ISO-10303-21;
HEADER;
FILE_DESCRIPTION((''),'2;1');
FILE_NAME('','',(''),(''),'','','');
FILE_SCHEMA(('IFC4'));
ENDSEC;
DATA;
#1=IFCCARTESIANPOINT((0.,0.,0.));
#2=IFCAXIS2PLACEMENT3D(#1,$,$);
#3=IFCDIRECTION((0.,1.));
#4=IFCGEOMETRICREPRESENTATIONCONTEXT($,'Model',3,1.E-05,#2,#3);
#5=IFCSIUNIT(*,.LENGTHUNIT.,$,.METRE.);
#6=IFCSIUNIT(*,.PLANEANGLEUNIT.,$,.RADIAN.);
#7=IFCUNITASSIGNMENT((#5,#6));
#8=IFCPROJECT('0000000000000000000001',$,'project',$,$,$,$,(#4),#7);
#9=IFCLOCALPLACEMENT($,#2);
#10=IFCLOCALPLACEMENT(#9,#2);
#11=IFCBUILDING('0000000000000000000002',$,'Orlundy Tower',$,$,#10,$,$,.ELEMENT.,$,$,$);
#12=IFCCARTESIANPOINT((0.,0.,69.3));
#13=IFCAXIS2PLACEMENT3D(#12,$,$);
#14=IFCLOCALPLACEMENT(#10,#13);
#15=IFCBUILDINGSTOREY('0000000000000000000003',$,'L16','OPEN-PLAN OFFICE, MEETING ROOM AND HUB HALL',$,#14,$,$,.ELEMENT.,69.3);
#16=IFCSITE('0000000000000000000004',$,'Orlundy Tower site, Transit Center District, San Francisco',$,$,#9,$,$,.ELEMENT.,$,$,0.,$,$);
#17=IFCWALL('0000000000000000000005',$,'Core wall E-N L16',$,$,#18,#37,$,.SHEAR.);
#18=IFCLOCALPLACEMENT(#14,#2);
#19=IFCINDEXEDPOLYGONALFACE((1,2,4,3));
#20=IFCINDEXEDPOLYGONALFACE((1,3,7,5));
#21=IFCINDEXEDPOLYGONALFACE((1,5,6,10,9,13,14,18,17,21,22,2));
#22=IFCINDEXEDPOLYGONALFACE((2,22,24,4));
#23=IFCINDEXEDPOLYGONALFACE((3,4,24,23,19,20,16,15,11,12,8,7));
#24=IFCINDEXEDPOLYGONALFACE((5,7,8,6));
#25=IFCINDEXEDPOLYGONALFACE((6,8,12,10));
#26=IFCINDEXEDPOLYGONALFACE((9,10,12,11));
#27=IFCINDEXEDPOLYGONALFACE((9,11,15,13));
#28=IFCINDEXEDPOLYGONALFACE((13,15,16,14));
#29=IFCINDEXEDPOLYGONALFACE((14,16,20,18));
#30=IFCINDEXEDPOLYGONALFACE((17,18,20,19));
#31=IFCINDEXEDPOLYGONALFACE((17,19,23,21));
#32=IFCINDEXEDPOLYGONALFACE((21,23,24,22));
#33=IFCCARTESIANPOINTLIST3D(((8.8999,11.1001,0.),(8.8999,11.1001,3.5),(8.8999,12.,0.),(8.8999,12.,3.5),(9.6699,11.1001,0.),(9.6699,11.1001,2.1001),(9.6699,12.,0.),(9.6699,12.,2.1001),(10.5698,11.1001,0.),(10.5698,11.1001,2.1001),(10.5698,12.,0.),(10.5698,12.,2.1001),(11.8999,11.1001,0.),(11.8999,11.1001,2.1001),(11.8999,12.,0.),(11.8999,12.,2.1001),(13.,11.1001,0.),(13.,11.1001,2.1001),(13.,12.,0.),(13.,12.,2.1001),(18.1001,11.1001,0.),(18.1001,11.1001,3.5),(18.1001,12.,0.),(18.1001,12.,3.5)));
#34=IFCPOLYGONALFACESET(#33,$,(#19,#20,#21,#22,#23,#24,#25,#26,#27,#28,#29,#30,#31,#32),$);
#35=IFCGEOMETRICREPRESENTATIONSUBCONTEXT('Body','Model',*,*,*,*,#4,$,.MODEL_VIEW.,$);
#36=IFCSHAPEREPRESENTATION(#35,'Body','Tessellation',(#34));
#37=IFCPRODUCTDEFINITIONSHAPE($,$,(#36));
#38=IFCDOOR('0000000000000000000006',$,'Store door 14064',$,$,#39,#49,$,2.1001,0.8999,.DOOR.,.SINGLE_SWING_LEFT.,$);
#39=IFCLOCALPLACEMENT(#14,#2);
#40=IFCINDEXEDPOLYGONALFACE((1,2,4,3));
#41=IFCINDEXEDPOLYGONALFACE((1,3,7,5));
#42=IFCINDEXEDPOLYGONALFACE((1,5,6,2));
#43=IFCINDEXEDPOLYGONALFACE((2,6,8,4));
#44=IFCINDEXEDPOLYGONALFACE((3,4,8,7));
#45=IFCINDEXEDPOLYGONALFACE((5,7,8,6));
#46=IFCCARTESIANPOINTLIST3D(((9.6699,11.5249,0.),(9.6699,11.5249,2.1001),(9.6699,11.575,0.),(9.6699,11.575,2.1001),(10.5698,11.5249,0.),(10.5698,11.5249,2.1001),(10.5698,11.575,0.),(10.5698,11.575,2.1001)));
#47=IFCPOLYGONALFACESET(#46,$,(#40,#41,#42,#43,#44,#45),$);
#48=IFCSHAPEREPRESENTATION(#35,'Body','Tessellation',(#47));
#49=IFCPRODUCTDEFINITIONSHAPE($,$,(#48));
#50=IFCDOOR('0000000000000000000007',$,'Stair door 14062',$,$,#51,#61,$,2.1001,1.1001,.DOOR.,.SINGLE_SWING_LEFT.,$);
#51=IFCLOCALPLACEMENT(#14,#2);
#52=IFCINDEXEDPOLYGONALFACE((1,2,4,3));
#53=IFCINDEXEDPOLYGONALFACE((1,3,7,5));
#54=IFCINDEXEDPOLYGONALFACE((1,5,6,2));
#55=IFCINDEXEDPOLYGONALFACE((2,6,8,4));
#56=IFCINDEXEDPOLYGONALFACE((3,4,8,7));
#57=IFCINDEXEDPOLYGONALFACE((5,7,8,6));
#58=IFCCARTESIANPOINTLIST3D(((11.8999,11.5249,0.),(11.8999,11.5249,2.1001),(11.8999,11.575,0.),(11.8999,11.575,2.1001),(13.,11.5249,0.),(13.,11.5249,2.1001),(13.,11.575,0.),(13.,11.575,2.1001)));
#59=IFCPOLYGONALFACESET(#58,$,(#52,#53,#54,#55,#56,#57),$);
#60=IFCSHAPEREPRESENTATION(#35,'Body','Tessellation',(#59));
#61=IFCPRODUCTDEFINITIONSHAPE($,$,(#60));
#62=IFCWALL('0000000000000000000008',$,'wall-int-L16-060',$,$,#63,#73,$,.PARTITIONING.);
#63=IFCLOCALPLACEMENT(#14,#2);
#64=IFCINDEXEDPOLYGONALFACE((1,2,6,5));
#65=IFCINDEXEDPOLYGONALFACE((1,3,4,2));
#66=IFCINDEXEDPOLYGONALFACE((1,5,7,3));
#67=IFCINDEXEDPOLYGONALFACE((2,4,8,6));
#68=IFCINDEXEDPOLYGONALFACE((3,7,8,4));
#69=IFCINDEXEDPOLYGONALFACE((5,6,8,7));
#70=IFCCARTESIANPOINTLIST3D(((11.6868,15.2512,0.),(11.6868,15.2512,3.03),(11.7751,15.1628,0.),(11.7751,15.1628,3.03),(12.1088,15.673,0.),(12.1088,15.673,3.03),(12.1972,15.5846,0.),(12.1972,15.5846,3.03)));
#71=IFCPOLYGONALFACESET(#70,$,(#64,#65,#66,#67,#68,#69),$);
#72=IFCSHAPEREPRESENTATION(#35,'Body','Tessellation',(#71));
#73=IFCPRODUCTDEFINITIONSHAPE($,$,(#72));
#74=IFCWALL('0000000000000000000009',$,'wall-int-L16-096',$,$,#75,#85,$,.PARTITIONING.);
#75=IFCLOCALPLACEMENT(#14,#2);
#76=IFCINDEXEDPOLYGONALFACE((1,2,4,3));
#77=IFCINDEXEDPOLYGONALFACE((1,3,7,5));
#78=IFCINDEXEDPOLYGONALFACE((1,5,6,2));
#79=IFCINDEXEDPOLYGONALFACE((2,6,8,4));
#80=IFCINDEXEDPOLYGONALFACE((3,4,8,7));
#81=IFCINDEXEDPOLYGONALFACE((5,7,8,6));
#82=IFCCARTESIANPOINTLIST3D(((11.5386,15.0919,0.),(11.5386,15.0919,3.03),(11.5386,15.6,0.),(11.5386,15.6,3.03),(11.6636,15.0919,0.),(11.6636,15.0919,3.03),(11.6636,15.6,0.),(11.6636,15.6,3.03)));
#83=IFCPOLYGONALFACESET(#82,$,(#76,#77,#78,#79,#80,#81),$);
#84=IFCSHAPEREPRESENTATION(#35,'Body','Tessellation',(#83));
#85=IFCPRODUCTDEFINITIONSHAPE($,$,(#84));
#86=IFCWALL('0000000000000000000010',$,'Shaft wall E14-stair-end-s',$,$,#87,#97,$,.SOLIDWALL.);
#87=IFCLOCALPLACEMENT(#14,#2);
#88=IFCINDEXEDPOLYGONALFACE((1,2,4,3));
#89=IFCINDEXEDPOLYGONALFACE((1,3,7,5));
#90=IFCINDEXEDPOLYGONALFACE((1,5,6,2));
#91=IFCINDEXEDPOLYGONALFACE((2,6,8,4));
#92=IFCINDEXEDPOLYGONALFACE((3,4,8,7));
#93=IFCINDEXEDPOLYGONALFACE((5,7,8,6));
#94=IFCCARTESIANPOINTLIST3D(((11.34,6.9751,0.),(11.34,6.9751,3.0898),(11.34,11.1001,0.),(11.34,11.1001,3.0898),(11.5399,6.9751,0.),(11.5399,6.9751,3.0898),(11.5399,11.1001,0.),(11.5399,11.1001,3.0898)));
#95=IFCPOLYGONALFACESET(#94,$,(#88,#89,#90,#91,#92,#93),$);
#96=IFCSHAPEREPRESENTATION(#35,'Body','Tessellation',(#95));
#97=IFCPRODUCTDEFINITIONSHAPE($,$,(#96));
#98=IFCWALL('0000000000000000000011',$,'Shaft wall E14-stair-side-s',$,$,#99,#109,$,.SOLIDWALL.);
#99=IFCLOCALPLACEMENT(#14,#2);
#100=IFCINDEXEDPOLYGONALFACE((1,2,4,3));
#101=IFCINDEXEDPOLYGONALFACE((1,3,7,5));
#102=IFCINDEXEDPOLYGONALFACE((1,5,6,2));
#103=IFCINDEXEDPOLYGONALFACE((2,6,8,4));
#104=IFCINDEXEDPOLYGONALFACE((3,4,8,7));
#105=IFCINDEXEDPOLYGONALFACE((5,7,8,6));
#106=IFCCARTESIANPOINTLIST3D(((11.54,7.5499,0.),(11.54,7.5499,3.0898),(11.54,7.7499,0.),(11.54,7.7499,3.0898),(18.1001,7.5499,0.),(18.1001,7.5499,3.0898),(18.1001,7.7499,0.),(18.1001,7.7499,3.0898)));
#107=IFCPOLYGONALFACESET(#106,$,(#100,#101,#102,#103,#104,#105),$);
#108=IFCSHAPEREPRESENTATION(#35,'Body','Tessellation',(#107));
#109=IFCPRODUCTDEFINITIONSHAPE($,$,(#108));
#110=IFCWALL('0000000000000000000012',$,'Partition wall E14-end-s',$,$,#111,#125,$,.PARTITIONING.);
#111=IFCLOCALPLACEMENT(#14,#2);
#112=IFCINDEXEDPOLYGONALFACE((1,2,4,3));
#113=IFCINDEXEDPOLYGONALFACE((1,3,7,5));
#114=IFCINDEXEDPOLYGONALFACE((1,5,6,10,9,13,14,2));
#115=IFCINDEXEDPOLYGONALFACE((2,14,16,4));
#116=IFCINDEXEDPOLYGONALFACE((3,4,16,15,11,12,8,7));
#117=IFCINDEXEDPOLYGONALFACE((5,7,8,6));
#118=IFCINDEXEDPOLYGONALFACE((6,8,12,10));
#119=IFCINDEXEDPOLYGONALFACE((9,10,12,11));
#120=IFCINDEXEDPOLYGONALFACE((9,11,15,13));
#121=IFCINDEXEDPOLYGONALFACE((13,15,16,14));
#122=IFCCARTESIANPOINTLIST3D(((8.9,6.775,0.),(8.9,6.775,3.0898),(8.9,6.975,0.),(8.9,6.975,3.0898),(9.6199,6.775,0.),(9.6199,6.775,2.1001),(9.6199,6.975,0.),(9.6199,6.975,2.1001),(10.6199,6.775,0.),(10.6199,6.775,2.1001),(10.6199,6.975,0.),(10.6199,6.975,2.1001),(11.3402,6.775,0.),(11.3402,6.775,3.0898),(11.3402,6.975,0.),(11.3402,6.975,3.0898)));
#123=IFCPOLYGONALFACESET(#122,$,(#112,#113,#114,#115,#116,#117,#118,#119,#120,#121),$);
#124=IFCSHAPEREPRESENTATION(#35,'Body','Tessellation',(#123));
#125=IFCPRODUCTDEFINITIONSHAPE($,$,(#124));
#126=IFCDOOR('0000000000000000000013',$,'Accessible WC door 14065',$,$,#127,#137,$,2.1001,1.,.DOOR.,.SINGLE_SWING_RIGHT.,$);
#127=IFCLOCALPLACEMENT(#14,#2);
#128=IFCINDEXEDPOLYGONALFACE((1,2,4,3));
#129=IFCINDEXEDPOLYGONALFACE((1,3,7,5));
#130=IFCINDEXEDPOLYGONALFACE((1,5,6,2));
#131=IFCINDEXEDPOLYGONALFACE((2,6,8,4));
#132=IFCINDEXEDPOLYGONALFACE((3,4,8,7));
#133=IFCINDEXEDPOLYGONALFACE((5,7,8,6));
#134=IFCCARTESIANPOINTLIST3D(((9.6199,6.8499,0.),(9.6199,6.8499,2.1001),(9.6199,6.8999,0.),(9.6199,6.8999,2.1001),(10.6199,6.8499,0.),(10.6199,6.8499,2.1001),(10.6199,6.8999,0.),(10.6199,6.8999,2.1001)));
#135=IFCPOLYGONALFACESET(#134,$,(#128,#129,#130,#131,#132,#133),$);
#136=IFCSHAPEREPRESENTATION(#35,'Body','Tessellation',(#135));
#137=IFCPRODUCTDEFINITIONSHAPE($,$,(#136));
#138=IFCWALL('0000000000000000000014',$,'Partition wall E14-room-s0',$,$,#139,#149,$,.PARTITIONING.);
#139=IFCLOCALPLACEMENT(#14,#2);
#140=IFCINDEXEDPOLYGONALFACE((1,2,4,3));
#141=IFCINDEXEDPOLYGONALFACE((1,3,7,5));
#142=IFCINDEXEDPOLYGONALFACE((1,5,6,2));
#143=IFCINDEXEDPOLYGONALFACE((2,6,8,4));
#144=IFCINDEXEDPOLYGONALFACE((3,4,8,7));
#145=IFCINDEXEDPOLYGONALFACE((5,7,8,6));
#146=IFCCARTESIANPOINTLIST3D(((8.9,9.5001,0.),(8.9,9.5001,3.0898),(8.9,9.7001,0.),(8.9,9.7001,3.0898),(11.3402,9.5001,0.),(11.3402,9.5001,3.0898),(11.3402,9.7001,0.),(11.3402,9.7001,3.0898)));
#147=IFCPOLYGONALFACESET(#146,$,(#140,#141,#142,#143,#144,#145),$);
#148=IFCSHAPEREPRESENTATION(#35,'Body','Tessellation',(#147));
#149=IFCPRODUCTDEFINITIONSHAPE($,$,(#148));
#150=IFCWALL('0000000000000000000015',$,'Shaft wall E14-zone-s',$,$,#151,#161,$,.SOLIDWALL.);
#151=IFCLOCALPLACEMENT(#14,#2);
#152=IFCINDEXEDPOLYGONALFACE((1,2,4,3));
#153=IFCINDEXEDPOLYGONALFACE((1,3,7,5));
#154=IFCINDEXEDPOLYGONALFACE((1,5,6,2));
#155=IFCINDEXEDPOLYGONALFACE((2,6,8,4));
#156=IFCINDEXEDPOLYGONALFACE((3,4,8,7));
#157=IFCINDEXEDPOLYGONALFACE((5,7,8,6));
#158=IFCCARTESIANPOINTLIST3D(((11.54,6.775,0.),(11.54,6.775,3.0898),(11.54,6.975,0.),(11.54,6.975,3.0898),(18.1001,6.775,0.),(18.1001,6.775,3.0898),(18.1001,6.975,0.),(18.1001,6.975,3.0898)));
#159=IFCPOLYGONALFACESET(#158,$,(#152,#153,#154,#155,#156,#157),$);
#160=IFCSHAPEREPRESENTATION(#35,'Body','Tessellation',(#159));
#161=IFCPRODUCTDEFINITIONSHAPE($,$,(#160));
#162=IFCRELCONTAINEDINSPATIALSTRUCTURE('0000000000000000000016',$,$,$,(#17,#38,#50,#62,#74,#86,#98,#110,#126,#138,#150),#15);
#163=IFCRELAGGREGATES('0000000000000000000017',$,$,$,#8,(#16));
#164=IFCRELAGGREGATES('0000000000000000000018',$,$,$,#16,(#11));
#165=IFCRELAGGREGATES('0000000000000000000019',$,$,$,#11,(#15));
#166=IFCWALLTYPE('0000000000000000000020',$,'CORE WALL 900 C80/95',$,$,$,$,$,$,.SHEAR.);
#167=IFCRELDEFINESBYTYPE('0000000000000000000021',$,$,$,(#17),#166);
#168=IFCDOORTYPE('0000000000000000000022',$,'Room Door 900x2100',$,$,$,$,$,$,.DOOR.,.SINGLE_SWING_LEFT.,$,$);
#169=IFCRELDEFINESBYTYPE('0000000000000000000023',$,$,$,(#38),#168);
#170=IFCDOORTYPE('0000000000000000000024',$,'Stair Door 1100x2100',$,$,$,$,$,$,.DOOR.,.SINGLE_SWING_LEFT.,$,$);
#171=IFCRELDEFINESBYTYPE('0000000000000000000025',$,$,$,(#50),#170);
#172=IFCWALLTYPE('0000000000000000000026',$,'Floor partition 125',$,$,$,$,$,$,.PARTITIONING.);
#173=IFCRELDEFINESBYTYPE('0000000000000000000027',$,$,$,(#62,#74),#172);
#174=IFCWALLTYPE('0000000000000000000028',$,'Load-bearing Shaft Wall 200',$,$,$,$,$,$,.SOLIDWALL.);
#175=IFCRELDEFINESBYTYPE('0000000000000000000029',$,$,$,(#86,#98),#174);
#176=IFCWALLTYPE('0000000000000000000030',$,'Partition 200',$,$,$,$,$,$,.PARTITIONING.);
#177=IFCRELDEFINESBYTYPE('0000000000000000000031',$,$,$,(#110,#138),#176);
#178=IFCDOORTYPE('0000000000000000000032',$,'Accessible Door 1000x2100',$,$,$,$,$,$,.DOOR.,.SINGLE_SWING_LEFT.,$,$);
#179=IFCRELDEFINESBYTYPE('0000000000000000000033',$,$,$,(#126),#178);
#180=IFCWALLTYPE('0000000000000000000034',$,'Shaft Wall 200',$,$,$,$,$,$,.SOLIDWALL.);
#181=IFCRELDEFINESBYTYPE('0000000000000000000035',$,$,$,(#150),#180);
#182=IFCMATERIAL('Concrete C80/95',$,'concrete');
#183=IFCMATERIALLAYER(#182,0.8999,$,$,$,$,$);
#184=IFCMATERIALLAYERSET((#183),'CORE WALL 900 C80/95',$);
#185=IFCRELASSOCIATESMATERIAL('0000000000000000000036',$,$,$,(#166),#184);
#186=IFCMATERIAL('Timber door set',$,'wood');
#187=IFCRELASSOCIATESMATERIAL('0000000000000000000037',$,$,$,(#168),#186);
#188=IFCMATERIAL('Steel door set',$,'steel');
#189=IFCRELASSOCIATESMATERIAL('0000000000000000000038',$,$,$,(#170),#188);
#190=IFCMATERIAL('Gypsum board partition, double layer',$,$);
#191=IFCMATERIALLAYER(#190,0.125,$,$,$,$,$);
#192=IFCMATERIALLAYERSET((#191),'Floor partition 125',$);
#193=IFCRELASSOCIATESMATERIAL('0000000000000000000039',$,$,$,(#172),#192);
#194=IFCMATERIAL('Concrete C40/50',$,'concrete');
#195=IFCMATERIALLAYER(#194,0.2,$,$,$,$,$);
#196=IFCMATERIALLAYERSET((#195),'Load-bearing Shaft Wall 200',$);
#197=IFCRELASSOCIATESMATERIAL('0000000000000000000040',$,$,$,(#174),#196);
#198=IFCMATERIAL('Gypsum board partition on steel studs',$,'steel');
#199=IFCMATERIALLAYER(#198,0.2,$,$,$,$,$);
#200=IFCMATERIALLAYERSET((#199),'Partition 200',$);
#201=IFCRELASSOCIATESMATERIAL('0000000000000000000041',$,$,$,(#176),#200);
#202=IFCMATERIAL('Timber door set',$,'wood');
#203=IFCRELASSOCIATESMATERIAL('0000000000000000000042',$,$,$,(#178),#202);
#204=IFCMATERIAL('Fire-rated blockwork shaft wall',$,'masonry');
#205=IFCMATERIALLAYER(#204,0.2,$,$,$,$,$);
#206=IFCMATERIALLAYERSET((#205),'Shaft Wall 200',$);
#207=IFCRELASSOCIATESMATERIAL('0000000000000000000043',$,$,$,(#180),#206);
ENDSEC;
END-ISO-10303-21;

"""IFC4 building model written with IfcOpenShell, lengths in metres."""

from ifc_helpers import new_model, si_unit, direction, frame, frame_2d, origin, place, context, subcontext, project, spatial, rectangle, extrude, material, layer, layer_set, type_object, element, fill, save


model = new_model("IFC4")

# Units and contexts
model_context = context("Model", 3, precision=1e-05, world=origin(), true_north=direction((0.0, 1.0)))
body_context = subcontext(model_context, "Body", "Model", "MODEL_VIEW")
ifc_project = project(units=[si_unit("LENGTHUNIT", "METRE"), si_unit("PLANEANGLEUNIT", "RADIAN")], contexts=[model_context])

# Site, building, storey
site_placement = place(None, origin())
site = spatial("IfcSite", under=ifc_project, at=site_placement, Name="Orlundy Tower site, Transit Center District, San Francisco", CompositionType="ELEMENT", RefElevation=0.0)
building_placement = place(site_placement, origin())
building = spatial("IfcBuilding", under=site, at=building_placement, Name="Orlundy Tower", CompositionType="ELEMENT")
storey_placement = place(building_placement, frame((0.0, 0.0, 69.3)))
storey = spatial("IfcBuildingStorey", under=building, at=storey_placement, Name="L16", Description="OPEN-PLAN OFFICE, MEETING ROOM AND HUB HALL", CompositionType="ELEMENT", Elevation=69.3)

# Wall, openings, doors
ifc_material_1 = material(Name="Concrete C80/95", Category="concrete")
ifc_layer_1 = layer(ifc_material_1, 0.8999)
ifc_layer_set_1 = layer_set([ifc_layer_1], Name="CORE WALL 900 C80/95")
wall_type_1 = type_object("IfcWallType", Name="CORE WALL 900 C80/95", PredefinedType="SHEAR", material=ifc_layer_set_1)
wall_1_placement = place(storey_placement, frame((8.8999, 11.55, 0.0), z_axis=(0.0, 0.0, 1.0), x_axis=(1.0, 0.0, 0.0)))
wall_1 = element("IfcWall", 1, at=wall_1_placement, inside=storey, type_object=wall_type_1, Name="Core wall E-N L16", PredefinedType="SHEAR", context=body_context, shape_type="SweptSolid", body=[
    extrude(rectangle(XDim=9.2002, YDim=0.8999, at=frame_2d((4.6001, 0.0))), origin(), (0.0, 0.0, 1.0), 3.5),
])
opening_1_placement = place(wall_1_placement, frame((3.0, 0.0, 0.0)))
opening_1 = element("IfcOpeningElement", 2, at=opening_1_placement, cuts=wall_1, PredefinedType="OPENING", context=body_context, shape_type="SweptSolid", body=[
    extrude(rectangle(XDim=1.1001, YDim=2.1001, at=frame_2d((0.55, 1.05))), frame((0.0, 0.46, 0.0), z_axis=(0.0, -1.0, 0.0), x_axis=(1.0, 0.0, 0.0)), (0.0, 0.0, 1.0), 0.9199),
])
opening_2_placement = place(wall_1_placement, frame((0.77, 0.0, 0.0)))
opening_2 = element("IfcOpeningElement", 3, at=opening_2_placement, cuts=wall_1, PredefinedType="OPENING", context=body_context, shape_type="SweptSolid", body=[
    extrude(rectangle(XDim=0.8999, YDim=2.1001, at=frame_2d((0.45, 1.05))), frame((0.0, 0.46, 0.0), z_axis=(0.0, -1.0, 0.0), x_axis=(1.0, 0.0, 0.0)), (0.0, 0.0, 1.0), 0.9199),
])
ifc_material_2 = material(Name="Timber door set", Category="wood")
door_type_1 = type_object("IfcDoorType", Name="Room Door 900x2100", OperationType="SINGLE_SWING_LEFT", PredefinedType="DOOR", material=ifc_material_2)
door_1_placement = place(opening_2_placement, origin())
door_1 = element("IfcDoor", 4, at=door_1_placement, inside=storey, type_object=door_type_1, Name="Store door 14064", OperationType="SINGLE_SWING_LEFT", OverallHeight=2.1001, OverallWidth=0.8999, PredefinedType="DOOR", context=body_context, shape_type="SweptSolid", body=[
    extrude(rectangle(XDim=0.8999, YDim=2.1001, at=frame_2d((0.45, 1.05))), frame((0.0, 0.0249, 0.0), z_axis=(0.0, -1.0, 0.0), x_axis=(1.0, 0.0, 0.0)), (0.0, 0.0, 1.0), 0.05),
])
fill(opening_2, door_1)
ifc_material_3 = material(Name="Steel door set", Category="steel")
door_type_2 = type_object("IfcDoorType", Name="Stair Door 1100x2100", OperationType="SINGLE_SWING_LEFT", PredefinedType="DOOR", material=ifc_material_3)
door_2_placement = place(opening_1_placement, origin())
door_2 = element("IfcDoor", 5, at=door_2_placement, inside=storey, type_object=door_type_2, Name="Stair door 14062", OperationType="SINGLE_SWING_LEFT", OverallHeight=2.1001, OverallWidth=1.1001, PredefinedType="DOOR", context=body_context, shape_type="SweptSolid", body=[
    extrude(rectangle(XDim=1.1001, YDim=2.1001, at=frame_2d((0.55, 1.05))), frame((0.0, 0.0249, 0.0), z_axis=(0.0, -1.0, 0.0), x_axis=(1.0, 0.0, 0.0)), (0.0, 0.0, 1.0), 0.05),
])
fill(opening_1, door_2)

# Walls
ifc_material_4 = material(Name="Gypsum board partition, double layer")
ifc_layer_2 = layer(ifc_material_4, 0.125)
ifc_layer_set_2 = layer_set([ifc_layer_2], Name="Floor partition 125")
wall_type_2 = type_object("IfcWallType", Name="Floor partition 125", PredefinedType="PARTITIONING", material=ifc_layer_set_2)
wall_2_placement = place(storey_placement, frame((11.731, 15.207, 0.0), z_axis=(0.0, 0.0, 1.0), x_axis=(0.707311, 0.706902, 0.0)))
element("IfcWall", 6, at=wall_2_placement, inside=storey, type_object=wall_type_2, Name="wall-int-L16-060", PredefinedType="PARTITIONING", context=body_context, shape_type="SweptSolid", body=[
    extrude(rectangle(XDim=0.5967, YDim=0.125, at=frame_2d((0.2983, 0.0))), origin(), (0.0, 0.0, 1.0), 3.03),
])
wall_3_placement = place(storey_placement, frame((11.6011, 15.092, 0.0), z_axis=(0.0, 0.0, 1.0), x_axis=(0.0, 1.0, 0.0)))
element("IfcWall", 7, at=wall_3_placement, inside=storey, type_object=wall_type_2, Name="wall-int-L16-096", PredefinedType="PARTITIONING", context=body_context, shape_type="SweptSolid", body=[
    extrude(rectangle(XDim=0.5081, YDim=0.125, at=frame_2d((0.2539, 0.0))), origin(), (0.0, 0.0, 1.0), 3.03),
])
ifc_material_5 = material(Name="Concrete C40/50", Category="concrete")
ifc_layer_3 = layer(ifc_material_5, 0.2)
ifc_layer_set_3 = layer_set([ifc_layer_3], Name="Load-bearing Shaft Wall 200")
wall_type_3 = type_object("IfcWallType", Name="Load-bearing Shaft Wall 200", PredefinedType="SOLIDWALL", material=ifc_layer_set_3)
wall_4_placement = place(storey_placement, frame((11.4399, 11.1001, 0.0), z_axis=(0.0, 0.0, 1.0), x_axis=(0.0, -1.0, 0.0)))
element("IfcWall", 8, at=wall_4_placement, inside=storey, type_object=wall_type_3, Name="Shaft wall E14-stair-end-s", PredefinedType="SOLIDWALL", context=body_context, shape_type="SweptSolid", body=[
    extrude(rectangle(XDim=4.125, YDim=0.2, at=frame_2d((2.0625, 0.0))), origin(), (0.0, 0.0, 1.0), 3.0898),
])
wall_5_placement = place(storey_placement, frame((11.54, 7.6499, 0.0), z_axis=(0.0, 0.0, 1.0), x_axis=(1.0, 0.0, 0.0)))
element("IfcWall", 9, at=wall_5_placement, inside=storey, type_object=wall_type_3, Name="Shaft wall E14-stair-side-s", PredefinedType="SOLIDWALL", context=body_context, shape_type="SweptSolid", body=[
    extrude(rectangle(XDim=6.5601, YDim=0.2, at=frame_2d((3.28, 0.0))), origin(), (0.0, 0.0, 1.0), 3.0898),
])

# Wall, opening, door
ifc_material_6 = material(Name="Gypsum board partition on steel studs", Category="steel")
ifc_layer_4 = layer(ifc_material_6, 0.2)
ifc_layer_set_4 = layer_set([ifc_layer_4], Name="Partition 200")
wall_type_4 = type_object("IfcWallType", Name="Partition 200", PredefinedType="PARTITIONING", material=ifc_layer_set_4)
wall_6_placement = place(storey_placement, frame((8.8999, 6.875, 0.0), z_axis=(0.0, 0.0, 1.0), x_axis=(1.0, 0.0, 0.0)))
wall_6 = element("IfcWall", 10, at=wall_6_placement, inside=storey, type_object=wall_type_4, Name="Partition wall E14-end-s", PredefinedType="PARTITIONING", context=body_context, shape_type="SweptSolid", body=[
    extrude(rectangle(XDim=2.4402, YDim=0.2, at=frame_2d((1.2202, 0.0))), origin(), (0.0, 0.0, 1.0), 3.0898),
])
opening_3_placement = place(wall_6_placement, frame((0.72, 0.0, 0.0)))
opening_3 = element("IfcOpeningElement", 11, at=opening_3_placement, cuts=wall_6, PredefinedType="OPENING", context=body_context, shape_type="SweptSolid", body=[
    extrude(rectangle(XDim=1.0, YDim=2.1001, at=frame_2d((0.5, 1.05))), frame((0.0, 0.1101, 0.0), z_axis=(0.0, -1.0, 0.0), x_axis=(1.0, 0.0, 0.0)), (0.0, 0.0, 1.0), 0.2202),
])
ifc_material_7 = material(Name="Timber door set", Category="wood")
door_type_3 = type_object("IfcDoorType", Name="Accessible Door 1000x2100", OperationType="SINGLE_SWING_LEFT", PredefinedType="DOOR", material=ifc_material_7)
door_3_placement = place(opening_3_placement, origin())
door_3 = element("IfcDoor", 12, at=door_3_placement, inside=storey, type_object=door_type_3, Name="Accessible WC door 14065", OperationType="SINGLE_SWING_RIGHT", OverallHeight=2.1001, OverallWidth=1.0, PredefinedType="DOOR", context=body_context, shape_type="SweptSolid", body=[
    extrude(rectangle(XDim=1.0, YDim=2.1001, at=frame_2d((0.5, 1.05))), frame((0.0, 0.0249, 0.0), z_axis=(0.0, -1.0, 0.0), x_axis=(1.0, 0.0, 0.0)), (0.0, 0.0, 1.0), 0.05),
])
fill(opening_3, door_3)

# Walls
wall_7_placement = place(storey_placement, frame((8.8999, 9.6001, 0.0), z_axis=(0.0, 0.0, 1.0), x_axis=(1.0, 0.0, 0.0)))
element("IfcWall", 13, at=wall_7_placement, inside=storey, type_object=wall_type_4, Name="Partition wall E14-room-s0", PredefinedType="PARTITIONING", context=body_context, shape_type="SweptSolid", body=[
    extrude(rectangle(XDim=2.4402, YDim=0.2, at=frame_2d((1.2202, 0.0))), origin(), (0.0, 0.0, 1.0), 3.0898),
])
ifc_material_8 = material(Name="Fire-rated blockwork shaft wall", Category="masonry")
ifc_layer_5 = layer(ifc_material_8, 0.2)
ifc_layer_set_5 = layer_set([ifc_layer_5], Name="Shaft Wall 200")
wall_type_5 = type_object("IfcWallType", Name="Shaft Wall 200", PredefinedType="SOLIDWALL", material=ifc_layer_set_5)
wall_8_placement = place(storey_placement, frame((11.54, 6.875, 0.0), z_axis=(0.0, 0.0, 1.0), x_axis=(1.0, 0.0, 0.0)))
element("IfcWall", 14, at=wall_8_placement, inside=storey, type_object=wall_type_5, Name="Shaft wall E14-zone-s", PredefinedType="SOLIDWALL", context=body_context, shape_type="SweptSolid", body=[
    extrude(rectangle(XDim=6.5601, YDim=0.2, at=frame_2d((3.28, 0.0))), origin(), (0.0, 0.0, 1.0), 3.0898),
])

save(model, "model.ifc")
